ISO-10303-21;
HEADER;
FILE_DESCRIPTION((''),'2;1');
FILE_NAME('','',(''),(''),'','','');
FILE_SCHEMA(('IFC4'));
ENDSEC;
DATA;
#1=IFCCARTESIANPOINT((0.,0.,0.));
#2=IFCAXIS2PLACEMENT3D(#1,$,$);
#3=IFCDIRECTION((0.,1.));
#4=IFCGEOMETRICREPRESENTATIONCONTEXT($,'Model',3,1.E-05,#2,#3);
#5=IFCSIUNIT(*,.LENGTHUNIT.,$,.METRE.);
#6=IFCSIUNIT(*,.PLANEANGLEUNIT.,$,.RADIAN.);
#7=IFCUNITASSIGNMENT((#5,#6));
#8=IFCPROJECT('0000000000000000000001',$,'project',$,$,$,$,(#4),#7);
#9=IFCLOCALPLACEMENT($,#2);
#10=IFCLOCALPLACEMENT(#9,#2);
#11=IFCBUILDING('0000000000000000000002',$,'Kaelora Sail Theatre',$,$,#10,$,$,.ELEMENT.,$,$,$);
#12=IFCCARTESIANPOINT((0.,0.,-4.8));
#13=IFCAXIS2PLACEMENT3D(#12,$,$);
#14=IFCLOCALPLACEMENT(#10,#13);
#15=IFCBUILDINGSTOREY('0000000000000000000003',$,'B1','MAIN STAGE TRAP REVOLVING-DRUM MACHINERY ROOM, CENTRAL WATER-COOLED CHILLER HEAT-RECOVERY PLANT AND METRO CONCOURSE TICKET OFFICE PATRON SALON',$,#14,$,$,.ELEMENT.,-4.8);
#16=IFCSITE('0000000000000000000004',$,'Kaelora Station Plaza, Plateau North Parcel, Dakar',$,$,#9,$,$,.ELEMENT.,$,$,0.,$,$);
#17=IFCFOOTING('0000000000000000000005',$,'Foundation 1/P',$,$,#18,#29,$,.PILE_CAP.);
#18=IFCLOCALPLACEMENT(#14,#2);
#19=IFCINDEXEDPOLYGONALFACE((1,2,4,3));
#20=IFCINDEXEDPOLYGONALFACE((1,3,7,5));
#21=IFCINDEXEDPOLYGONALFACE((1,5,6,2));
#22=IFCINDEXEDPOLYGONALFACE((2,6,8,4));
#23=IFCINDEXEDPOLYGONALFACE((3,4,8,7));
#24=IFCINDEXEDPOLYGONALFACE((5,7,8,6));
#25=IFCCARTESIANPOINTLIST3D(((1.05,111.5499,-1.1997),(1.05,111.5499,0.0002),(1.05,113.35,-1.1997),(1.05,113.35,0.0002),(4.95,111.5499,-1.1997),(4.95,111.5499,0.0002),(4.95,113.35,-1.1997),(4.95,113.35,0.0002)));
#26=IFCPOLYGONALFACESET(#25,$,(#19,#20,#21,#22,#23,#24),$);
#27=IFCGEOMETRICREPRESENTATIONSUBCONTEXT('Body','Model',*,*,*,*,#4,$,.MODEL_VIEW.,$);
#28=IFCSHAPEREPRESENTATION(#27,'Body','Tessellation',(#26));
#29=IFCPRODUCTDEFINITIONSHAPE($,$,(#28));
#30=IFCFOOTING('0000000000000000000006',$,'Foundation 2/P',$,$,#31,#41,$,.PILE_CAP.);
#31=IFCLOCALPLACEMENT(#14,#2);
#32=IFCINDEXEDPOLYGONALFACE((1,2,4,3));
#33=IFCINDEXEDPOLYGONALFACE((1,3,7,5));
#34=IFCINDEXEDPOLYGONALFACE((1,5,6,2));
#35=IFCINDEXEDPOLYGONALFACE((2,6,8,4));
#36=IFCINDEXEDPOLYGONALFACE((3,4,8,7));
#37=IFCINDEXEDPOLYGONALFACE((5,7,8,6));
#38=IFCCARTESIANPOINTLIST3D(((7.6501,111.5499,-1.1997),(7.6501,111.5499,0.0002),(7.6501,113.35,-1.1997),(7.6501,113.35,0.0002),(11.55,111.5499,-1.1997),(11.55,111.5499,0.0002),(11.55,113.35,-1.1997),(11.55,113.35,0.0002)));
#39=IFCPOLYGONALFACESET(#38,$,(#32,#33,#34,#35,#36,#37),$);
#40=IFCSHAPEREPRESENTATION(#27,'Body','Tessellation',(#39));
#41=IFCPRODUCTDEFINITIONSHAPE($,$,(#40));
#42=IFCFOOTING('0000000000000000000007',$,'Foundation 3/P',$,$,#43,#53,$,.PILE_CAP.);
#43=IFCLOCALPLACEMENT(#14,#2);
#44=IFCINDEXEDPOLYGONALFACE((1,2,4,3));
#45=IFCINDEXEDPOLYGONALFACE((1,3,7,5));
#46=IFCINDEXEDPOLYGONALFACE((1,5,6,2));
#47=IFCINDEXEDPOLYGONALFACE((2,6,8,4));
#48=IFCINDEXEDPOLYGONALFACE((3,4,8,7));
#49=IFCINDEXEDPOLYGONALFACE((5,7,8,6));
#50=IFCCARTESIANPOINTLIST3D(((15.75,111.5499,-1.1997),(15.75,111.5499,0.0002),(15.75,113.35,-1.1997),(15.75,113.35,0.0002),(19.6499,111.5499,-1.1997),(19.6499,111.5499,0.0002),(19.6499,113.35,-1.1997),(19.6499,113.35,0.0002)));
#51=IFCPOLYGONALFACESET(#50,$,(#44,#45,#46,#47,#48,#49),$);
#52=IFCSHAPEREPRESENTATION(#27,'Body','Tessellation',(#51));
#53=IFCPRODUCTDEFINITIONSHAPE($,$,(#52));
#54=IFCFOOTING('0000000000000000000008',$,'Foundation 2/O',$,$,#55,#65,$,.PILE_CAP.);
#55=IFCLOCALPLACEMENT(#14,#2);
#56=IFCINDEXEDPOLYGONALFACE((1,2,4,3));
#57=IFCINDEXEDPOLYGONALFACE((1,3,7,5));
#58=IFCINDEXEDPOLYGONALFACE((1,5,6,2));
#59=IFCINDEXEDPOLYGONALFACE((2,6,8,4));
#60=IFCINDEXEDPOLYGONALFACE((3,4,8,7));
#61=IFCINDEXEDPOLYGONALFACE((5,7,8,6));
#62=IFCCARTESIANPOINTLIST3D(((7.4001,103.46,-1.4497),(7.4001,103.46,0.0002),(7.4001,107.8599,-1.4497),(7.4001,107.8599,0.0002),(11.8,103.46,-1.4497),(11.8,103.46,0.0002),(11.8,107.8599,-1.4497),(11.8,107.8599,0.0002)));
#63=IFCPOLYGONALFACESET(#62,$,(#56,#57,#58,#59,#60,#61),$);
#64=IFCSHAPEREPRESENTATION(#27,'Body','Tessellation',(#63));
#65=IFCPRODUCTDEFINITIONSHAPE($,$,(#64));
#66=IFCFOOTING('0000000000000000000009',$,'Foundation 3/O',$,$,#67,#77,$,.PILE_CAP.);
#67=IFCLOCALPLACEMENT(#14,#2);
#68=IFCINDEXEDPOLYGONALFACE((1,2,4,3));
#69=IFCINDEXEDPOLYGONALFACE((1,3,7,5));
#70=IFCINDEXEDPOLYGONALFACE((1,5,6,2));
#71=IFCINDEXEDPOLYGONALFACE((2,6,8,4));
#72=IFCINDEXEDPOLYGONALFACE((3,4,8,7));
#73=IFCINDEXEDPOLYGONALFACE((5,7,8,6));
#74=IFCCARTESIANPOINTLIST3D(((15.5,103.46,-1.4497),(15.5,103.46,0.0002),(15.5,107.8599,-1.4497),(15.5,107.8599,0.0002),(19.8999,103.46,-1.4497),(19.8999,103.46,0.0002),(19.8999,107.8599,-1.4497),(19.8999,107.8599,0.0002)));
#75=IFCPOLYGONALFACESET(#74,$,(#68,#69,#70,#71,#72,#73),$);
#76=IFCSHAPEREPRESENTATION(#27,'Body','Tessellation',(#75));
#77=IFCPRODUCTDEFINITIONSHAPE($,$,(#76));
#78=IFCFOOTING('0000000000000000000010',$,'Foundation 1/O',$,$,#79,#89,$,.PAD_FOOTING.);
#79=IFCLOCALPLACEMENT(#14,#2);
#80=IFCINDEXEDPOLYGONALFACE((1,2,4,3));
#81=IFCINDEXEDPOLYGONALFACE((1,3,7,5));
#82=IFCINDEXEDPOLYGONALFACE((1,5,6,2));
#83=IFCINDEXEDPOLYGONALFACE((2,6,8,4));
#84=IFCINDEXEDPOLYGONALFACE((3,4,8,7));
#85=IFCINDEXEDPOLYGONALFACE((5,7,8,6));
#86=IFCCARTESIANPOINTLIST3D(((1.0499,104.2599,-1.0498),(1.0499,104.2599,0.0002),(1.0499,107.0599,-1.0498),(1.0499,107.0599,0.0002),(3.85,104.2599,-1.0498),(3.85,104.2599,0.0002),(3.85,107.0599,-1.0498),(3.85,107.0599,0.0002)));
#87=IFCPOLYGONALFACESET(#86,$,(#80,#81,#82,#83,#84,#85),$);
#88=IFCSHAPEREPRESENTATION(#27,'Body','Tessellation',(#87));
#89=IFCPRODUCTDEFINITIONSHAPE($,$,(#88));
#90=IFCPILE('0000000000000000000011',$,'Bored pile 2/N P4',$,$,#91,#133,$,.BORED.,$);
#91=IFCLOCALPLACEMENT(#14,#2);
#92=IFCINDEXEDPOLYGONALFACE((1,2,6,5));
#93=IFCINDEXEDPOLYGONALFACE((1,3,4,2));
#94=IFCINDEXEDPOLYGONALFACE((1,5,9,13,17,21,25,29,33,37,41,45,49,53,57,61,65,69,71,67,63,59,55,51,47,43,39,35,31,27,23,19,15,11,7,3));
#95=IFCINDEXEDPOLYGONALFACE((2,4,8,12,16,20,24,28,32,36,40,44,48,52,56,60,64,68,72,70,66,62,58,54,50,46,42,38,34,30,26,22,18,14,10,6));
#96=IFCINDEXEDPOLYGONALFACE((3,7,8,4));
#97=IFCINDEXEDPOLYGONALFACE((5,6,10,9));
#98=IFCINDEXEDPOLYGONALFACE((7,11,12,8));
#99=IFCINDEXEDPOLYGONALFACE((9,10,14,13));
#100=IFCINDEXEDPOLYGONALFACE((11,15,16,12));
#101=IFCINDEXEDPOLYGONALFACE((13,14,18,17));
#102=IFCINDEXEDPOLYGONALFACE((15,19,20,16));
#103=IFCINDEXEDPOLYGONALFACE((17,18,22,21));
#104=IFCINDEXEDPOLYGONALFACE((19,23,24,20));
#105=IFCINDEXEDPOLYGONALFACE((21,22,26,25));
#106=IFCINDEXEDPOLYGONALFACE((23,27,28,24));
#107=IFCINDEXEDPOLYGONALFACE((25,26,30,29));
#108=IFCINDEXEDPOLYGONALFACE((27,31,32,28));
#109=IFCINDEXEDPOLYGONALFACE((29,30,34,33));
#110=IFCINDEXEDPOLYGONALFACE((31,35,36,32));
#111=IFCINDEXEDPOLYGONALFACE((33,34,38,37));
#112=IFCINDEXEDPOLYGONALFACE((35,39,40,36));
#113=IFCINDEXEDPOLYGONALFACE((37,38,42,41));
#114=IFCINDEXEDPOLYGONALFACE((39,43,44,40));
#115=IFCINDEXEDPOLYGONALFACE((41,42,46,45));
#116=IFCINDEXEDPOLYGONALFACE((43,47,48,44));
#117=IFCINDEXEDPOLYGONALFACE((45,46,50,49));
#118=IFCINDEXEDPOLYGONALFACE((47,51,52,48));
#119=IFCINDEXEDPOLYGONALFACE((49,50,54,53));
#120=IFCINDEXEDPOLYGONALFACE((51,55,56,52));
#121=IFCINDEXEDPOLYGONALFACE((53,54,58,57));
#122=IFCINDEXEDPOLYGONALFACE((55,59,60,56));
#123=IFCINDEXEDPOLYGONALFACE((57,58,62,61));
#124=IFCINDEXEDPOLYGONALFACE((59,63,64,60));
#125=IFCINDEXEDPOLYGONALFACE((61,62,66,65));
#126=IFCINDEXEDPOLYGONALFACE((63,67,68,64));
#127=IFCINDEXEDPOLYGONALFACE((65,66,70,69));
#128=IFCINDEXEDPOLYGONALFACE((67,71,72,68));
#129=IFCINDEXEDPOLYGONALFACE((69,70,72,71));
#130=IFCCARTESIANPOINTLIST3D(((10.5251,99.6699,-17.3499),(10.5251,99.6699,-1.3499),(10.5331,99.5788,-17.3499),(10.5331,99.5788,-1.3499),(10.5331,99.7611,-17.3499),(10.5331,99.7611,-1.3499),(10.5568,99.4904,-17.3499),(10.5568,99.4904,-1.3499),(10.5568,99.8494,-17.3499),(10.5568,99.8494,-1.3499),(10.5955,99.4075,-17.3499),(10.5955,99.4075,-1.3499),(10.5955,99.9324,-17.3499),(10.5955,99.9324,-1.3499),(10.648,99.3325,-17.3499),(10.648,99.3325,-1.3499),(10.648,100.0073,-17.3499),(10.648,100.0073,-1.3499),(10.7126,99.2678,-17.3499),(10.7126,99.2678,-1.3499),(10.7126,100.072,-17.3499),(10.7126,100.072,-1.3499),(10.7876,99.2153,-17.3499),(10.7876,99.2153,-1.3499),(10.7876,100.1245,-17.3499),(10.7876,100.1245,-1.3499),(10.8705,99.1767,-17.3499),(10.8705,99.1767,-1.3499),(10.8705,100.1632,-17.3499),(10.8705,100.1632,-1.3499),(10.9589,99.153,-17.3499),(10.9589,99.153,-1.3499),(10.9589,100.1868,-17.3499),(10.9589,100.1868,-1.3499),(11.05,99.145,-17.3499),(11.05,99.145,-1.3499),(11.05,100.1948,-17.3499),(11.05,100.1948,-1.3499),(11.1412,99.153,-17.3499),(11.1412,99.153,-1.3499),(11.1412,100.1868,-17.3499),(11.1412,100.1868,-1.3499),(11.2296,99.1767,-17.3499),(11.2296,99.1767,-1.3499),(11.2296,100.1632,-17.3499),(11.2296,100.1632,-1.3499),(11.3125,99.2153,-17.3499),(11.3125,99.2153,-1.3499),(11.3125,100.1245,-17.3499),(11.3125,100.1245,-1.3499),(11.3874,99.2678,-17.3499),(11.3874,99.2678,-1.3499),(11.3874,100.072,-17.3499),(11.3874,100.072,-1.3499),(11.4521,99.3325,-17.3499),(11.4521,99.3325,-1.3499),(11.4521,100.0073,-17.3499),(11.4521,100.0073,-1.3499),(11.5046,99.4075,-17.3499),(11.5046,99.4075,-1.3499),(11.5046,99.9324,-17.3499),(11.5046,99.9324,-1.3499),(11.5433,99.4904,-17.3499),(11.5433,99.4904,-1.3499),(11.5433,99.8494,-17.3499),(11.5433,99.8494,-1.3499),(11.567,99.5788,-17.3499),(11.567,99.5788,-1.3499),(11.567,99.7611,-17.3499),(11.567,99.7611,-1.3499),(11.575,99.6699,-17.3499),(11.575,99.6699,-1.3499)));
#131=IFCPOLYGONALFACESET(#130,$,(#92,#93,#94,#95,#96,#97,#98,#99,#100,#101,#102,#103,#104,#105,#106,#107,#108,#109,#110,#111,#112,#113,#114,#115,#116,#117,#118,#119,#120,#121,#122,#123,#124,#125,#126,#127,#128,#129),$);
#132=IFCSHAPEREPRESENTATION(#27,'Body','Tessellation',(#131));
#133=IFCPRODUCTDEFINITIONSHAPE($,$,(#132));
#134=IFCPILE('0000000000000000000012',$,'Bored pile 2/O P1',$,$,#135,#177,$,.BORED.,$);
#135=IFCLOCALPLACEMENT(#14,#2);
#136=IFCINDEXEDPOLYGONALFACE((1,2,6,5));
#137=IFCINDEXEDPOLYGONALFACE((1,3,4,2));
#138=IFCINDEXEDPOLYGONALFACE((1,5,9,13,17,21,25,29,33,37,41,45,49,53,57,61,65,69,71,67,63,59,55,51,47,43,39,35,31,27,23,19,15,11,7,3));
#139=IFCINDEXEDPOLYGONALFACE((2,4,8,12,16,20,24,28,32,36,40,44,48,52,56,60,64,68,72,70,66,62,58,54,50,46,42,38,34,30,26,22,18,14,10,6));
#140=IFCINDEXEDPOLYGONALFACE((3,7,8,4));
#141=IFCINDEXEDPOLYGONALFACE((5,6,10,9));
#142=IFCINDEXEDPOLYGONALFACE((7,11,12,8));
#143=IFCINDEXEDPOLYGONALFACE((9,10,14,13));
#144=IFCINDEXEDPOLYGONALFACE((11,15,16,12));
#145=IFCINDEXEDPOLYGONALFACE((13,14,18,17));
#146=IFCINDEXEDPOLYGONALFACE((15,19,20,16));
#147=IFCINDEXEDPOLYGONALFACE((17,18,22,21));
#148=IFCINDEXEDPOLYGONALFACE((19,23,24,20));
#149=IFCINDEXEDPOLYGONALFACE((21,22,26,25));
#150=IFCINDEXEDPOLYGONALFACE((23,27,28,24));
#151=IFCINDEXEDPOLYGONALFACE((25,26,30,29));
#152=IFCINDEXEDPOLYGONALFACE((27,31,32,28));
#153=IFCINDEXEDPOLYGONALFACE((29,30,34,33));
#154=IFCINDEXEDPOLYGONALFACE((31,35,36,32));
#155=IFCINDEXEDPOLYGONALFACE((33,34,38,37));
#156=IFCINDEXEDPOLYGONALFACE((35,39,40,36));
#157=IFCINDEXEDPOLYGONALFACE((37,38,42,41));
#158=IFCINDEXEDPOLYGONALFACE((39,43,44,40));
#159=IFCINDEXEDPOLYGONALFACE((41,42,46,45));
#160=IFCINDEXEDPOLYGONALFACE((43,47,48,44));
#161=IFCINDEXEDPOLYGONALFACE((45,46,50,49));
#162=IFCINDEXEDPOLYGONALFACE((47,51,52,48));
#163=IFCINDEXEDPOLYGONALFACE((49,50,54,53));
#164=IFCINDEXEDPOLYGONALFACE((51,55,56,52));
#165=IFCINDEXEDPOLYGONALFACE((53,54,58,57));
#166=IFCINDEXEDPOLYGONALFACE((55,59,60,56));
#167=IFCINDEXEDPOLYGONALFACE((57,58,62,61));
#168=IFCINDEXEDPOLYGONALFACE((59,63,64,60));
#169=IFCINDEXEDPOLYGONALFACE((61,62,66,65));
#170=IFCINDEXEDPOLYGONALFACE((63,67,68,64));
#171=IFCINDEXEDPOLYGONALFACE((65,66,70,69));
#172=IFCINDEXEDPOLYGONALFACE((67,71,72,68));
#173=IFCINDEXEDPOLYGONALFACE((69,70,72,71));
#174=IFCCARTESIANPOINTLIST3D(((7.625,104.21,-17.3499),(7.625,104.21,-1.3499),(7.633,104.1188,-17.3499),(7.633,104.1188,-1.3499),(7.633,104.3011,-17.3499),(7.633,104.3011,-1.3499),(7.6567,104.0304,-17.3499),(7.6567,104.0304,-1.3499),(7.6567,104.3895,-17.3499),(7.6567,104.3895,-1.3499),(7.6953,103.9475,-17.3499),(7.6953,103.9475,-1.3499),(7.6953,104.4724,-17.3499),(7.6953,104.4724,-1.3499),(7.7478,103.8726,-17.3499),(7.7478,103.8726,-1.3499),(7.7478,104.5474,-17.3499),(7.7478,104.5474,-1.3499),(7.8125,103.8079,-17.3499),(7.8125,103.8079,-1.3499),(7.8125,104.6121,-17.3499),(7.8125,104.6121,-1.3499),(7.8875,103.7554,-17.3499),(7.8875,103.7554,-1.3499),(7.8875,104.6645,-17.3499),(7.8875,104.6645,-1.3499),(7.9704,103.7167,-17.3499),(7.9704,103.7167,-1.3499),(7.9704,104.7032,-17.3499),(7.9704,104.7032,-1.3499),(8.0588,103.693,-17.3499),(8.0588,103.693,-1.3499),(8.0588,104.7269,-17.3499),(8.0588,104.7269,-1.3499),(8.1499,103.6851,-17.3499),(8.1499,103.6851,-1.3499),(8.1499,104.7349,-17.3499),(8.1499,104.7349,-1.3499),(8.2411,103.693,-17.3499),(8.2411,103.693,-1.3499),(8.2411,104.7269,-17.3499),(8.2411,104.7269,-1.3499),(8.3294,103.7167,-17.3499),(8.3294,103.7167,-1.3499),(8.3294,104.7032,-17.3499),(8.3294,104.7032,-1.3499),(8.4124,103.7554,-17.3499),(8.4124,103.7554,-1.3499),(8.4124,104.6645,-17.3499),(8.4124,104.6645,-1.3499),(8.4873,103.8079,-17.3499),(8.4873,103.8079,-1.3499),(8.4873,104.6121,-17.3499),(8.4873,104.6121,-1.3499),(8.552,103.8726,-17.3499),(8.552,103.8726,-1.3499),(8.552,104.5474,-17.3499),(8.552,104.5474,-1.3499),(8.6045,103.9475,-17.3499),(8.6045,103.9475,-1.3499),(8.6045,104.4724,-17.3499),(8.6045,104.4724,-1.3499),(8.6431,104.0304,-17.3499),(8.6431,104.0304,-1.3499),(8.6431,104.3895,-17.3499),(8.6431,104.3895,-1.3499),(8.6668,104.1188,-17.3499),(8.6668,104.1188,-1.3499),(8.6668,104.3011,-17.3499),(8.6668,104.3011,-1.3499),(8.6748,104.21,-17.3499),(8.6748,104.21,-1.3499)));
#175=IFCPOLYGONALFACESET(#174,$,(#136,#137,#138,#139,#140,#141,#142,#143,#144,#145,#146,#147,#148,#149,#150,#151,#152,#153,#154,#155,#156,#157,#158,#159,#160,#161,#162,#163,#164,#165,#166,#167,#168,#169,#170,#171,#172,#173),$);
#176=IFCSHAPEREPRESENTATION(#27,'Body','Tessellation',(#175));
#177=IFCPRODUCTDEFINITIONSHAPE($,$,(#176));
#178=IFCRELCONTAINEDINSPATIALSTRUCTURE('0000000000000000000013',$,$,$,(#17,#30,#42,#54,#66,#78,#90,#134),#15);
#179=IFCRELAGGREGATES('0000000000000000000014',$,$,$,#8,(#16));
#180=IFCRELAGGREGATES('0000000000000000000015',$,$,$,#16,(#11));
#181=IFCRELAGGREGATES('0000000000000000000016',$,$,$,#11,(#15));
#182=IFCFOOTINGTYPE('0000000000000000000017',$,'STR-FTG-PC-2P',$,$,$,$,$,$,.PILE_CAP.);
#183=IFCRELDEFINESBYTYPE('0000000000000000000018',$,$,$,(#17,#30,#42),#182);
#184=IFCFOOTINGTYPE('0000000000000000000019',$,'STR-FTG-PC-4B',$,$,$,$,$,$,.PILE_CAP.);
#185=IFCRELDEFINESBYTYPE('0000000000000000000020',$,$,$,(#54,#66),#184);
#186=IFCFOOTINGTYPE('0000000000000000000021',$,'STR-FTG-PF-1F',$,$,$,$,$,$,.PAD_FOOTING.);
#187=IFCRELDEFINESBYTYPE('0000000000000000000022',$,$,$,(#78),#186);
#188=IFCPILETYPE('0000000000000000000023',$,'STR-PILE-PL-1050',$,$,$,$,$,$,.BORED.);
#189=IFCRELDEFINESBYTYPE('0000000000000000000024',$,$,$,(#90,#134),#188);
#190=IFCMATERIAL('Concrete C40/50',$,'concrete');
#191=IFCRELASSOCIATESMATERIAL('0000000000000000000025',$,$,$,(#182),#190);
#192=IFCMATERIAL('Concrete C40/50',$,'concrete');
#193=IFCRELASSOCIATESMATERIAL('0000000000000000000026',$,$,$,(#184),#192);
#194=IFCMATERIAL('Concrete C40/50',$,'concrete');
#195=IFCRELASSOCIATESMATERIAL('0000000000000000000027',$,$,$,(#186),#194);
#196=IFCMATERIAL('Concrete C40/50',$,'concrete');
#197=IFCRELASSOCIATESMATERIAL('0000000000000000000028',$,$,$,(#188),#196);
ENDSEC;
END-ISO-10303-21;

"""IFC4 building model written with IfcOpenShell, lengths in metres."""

from ifc_helpers import new_model, si_unit, direction, frame, origin, origin_2d, place, context, subcontext, project, spatial, rectangle, circle, extrude, material, material_profile, profile_set, type_object, element, save


model = new_model("IFC4")

# Units and contexts
model_context = context("Model", 3, precision=1e-05, world=origin(), true_north=direction((0.0, 1.0)))
body_context = subcontext(model_context, "Body", "Model", "MODEL_VIEW")
ifc_project = project(units=[si_unit("LENGTHUNIT", "METRE"), si_unit("PLANEANGLEUNIT", "RADIAN")], contexts=[model_context])

# Site, building, storey
site_placement = place(None, origin())
site = spatial("IfcSite", under=ifc_project, at=site_placement, Name="Kaelora Station Plaza, Plateau North Parcel, Dakar", CompositionType="ELEMENT", RefElevation=0.0)
building_placement = place(site_placement, origin())
building = spatial("IfcBuilding", under=site, at=building_placement, Name="Kaelora Sail Theatre", CompositionType="ELEMENT")
storey_placement = place(building_placement, frame((0.0, 0.0, -4.8)))
storey = spatial("IfcBuildingStorey", under=building, at=storey_placement, Name="B1", Description="MAIN STAGE TRAP REVOLVING-DRUM MACHINERY ROOM, CENTRAL WATER-COOLED CHILLER HEAT-RECOVERY PLANT AND METRO CONCOURSE TICKET OFFICE PATRON SALON", CompositionType="ELEMENT", Elevation=-4.8)

# Footings
ifc_material_1 = material(Name="Concrete C40/50", Category="concrete")
footing_type_1 = type_object("IfcFootingType", Name="STR-FTG-PC-2P", PredefinedType="PILE_CAP", material=ifc_material_1)
for number, where, z_axis, x_axis, name in (
    (1, (3.0, 112.45, -1.1997), (0.0, 0.0, 1.0), (1.0, 0.0, 0.0), "Foundation 1/P"),
    (2, (9.6001, 112.45, -1.1997), (0.0, 0.0, 1.0), (1.0, 0.0, 0.0), "Foundation 2/P"),
    (3, (17.7, 112.45, -1.1997), (0.0, 0.0, 1.0), (1.0, 0.0, 0.0), "Foundation 3/P"),
):
    element("IfcFooting", number, at=place(storey_placement, frame(where, z_axis=z_axis, x_axis=x_axis)), inside=storey, type_object=footing_type_1, Name=name, PredefinedType="PILE_CAP", context=body_context, shape_type="SweptSolid", body=[
        extrude(rectangle(XDim=3.8999, YDim=1.8, at=origin_2d()), origin(), (0.0, 0.0, 1.0), 1.2),
    ])
ifc_material_2 = material(Name="Concrete C40/50", Category="concrete")
footing_type_2 = type_object("IfcFootingType", Name="STR-FTG-PC-4B", PredefinedType="PILE_CAP", material=ifc_material_2)
for number, where, z_axis, x_axis, name in (
    (4, (9.6001, 105.6599, -1.4497), (0.0, 0.0, 1.0), (1.0, 0.0, 0.0), "Foundation 2/O"),
    (5, (17.7, 105.6599, -1.4497), (0.0, 0.0, 1.0), (1.0, 0.0, 0.0), "Foundation 3/O"),
):
    element("IfcFooting", number, at=place(storey_placement, frame(where, z_axis=z_axis, x_axis=x_axis)), inside=storey, type_object=footing_type_2, Name=name, PredefinedType="PILE_CAP", context=body_context, shape_type="SweptSolid", body=[
        extrude(rectangle(XDim=4.3999, YDim=4.3999, at=origin_2d()), origin(), (0.0, 0.0, 1.0), 1.45),
    ])
ifc_material_3 = material(Name="Concrete C40/50", Category="concrete")
footing_type_3 = type_object("IfcFootingType", Name="STR-FTG-PF-1F", PredefinedType="PAD_FOOTING", material=ifc_material_3)
footing_placement = place(storey_placement, frame((2.45, 105.6599, -1.0498), z_axis=(0.0, 0.0, 1.0), x_axis=(1.0, 0.0, 0.0)))
element("IfcFooting", 6, at=footing_placement, inside=storey, type_object=footing_type_3, Name="Foundation 1/O", PredefinedType="PAD_FOOTING", context=body_context, shape_type="SweptSolid", body=[
    extrude(rectangle(XDim=2.8, YDim=2.8, at=origin_2d()), origin(), (0.0, 0.0, 1.0), 1.05),
])

# Piles
ifc_material_4 = material(Name="Concrete C40/50", Category="concrete")
ifc_material_profile_1 = material_profile(ifc_material_4, circle(Radius=0.5249, at=origin_2d()), Name="PILE D1050")
ifc_profile_set_1 = profile_set([ifc_material_profile_1], Name="Concrete C40/50")
pile_type_1 = type_object("IfcPileType", Name="STR-PILE-PL-1050", PredefinedType="BORED", material=ifc_profile_set_1)
for number, where, z_axis, x_axis, name in (
    (7, (11.05, 99.6699, -1.3499), (0.0, 0.0, -1.0), (1.0, 0.0, 0.0), "Bored pile 2/N P4"),
    (8, (8.1499, 104.21, -1.3499), (0.0, 0.0, -1.0), (1.0, 0.0, 0.0), "Bored pile 2/O P1"),
):
    element("IfcPile", number, at=place(storey_placement, frame(where, z_axis=z_axis, x_axis=x_axis)), inside=storey, type_object=pile_type_1, Name=name, PredefinedType="BORED", context=body_context, shape_type="SweptSolid", body=[
        extrude(circle(Radius=0.5249, at=origin_2d()), origin(), (0.0, 0.0, 1.0), 16.0),
    ])

save(model, "model.ifc")
